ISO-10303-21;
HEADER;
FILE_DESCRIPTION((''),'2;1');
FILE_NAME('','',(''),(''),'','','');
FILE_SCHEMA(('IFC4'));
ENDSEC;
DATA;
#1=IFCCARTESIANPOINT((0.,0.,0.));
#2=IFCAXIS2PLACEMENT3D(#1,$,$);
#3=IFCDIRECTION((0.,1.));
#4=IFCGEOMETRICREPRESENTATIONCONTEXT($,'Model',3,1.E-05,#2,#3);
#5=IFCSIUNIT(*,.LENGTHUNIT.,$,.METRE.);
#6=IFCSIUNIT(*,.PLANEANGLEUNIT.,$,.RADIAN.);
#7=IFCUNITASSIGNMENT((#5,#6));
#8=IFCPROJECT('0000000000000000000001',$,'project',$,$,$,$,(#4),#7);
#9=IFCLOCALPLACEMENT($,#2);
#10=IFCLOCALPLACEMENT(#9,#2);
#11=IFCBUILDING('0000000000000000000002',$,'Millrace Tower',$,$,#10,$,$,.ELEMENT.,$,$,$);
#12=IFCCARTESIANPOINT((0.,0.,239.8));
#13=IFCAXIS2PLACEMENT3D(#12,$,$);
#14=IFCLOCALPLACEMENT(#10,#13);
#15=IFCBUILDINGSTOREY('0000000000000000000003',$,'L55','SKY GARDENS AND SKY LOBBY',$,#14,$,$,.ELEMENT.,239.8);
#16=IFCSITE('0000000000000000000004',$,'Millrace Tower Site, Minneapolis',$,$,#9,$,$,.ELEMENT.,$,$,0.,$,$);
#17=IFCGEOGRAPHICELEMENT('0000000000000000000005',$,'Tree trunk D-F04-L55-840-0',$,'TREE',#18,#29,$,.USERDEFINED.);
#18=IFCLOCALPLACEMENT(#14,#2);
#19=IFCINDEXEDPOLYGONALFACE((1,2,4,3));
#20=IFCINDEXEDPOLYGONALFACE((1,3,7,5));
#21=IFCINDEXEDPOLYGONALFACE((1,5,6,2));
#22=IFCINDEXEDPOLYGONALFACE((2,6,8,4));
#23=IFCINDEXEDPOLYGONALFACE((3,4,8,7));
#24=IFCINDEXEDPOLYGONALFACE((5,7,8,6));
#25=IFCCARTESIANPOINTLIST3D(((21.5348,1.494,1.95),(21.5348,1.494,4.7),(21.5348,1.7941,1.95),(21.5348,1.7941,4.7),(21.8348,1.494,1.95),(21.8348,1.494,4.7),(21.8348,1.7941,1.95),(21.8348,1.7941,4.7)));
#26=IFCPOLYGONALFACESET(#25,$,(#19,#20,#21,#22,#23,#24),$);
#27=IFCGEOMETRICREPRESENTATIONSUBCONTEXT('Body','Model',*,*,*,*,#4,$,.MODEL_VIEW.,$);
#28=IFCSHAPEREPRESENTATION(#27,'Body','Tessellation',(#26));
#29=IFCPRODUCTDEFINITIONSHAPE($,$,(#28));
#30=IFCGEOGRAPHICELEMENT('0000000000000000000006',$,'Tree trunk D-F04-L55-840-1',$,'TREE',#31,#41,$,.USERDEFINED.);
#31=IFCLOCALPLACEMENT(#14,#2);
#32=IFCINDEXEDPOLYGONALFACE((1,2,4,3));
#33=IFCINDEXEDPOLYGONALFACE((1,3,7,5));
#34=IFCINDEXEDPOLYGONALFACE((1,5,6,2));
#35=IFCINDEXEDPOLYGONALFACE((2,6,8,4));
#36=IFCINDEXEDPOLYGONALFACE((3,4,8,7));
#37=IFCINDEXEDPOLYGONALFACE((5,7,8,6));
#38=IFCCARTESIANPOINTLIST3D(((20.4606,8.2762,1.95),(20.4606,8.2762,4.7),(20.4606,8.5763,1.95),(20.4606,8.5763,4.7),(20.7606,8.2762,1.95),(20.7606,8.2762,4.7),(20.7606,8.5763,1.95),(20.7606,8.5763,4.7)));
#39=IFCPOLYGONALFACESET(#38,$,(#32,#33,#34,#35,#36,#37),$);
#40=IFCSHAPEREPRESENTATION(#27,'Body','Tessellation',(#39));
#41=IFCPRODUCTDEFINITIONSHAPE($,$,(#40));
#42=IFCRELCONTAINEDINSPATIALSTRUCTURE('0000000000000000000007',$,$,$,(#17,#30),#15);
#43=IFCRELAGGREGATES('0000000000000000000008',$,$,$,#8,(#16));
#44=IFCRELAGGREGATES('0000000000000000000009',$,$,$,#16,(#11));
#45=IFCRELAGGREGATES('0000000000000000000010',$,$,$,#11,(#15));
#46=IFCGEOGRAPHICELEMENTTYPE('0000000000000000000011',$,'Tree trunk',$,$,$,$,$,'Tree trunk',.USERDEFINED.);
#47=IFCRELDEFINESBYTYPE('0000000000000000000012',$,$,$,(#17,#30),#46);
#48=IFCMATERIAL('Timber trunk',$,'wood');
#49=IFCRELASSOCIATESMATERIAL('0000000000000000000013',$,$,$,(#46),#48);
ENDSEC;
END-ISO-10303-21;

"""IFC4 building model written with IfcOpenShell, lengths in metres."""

from ifc_helpers import new_model, si_unit, direction, frame, origin, origin_2d, place, context, subcontext, project, spatial, rectangle, extrude, material, type_object, element, save


model = new_model("IFC4")

# Units and contexts
model_context = context("Model", 3, precision=1e-05, world=origin(), true_north=direction((0.0, 1.0)))
body_context = subcontext(model_context, "Body", "Model", "MODEL_VIEW")
ifc_project = project(units=[si_unit("LENGTHUNIT", "METRE"), si_unit("PLANEANGLEUNIT", "RADIAN")], contexts=[model_context])

# Site, building, storey
site_placement = place(None, origin())
site = spatial("IfcSite", under=ifc_project, at=site_placement, Name="Millrace Tower Site, Minneapolis", CompositionType="ELEMENT", RefElevation=0.0)
building_placement = place(site_placement, origin())
building = spatial("IfcBuilding", under=site, at=building_placement, Name="Millrace Tower", CompositionType="ELEMENT")
storey_placement = place(building_placement, frame((0.0, 0.0, 239.8)))
storey = spatial("IfcBuildingStorey", under=building, at=storey_placement, Name="L55", Description="SKY GARDENS AND SKY LOBBY", CompositionType="ELEMENT", Elevation=239.8)

# Geographic elements
ifc_material_1 = material(Name="Timber trunk", Category="wood")
geographic_element_type_1 = type_object("IfcGeographicElementType", Name="Tree trunk", ElementType="Tree trunk", PredefinedType="USERDEFINED", material=ifc_material_1)
for number, where, z_axis, x_axis, name in (
    (1, (21.6848, 1.644, 1.95), (0.0, 0.0, 1.0), (1.0, 0.0, 0.0), "Tree trunk D-F04-L55-840-0"),
    (2, (20.6106, 8.4263, 1.95), (0.0, 0.0, 1.0), (1.0, 0.0, 0.0), "Tree trunk D-F04-L55-840-1"),
):
    element("IfcGeographicElement", number, at=place(storey_placement, frame(where, z_axis=z_axis, x_axis=x_axis)), inside=storey, type_object=geographic_element_type_1, Name=name, ObjectType="TREE", PredefinedType="USERDEFINED", context=body_context, shape_type="SweptSolid", body=[
        extrude(rectangle(XDim=0.3, YDim=0.3, at=origin_2d()), origin(), (0.0, 0.0, 1.0), 2.75),
    ])

save(model, "model.ifc")
